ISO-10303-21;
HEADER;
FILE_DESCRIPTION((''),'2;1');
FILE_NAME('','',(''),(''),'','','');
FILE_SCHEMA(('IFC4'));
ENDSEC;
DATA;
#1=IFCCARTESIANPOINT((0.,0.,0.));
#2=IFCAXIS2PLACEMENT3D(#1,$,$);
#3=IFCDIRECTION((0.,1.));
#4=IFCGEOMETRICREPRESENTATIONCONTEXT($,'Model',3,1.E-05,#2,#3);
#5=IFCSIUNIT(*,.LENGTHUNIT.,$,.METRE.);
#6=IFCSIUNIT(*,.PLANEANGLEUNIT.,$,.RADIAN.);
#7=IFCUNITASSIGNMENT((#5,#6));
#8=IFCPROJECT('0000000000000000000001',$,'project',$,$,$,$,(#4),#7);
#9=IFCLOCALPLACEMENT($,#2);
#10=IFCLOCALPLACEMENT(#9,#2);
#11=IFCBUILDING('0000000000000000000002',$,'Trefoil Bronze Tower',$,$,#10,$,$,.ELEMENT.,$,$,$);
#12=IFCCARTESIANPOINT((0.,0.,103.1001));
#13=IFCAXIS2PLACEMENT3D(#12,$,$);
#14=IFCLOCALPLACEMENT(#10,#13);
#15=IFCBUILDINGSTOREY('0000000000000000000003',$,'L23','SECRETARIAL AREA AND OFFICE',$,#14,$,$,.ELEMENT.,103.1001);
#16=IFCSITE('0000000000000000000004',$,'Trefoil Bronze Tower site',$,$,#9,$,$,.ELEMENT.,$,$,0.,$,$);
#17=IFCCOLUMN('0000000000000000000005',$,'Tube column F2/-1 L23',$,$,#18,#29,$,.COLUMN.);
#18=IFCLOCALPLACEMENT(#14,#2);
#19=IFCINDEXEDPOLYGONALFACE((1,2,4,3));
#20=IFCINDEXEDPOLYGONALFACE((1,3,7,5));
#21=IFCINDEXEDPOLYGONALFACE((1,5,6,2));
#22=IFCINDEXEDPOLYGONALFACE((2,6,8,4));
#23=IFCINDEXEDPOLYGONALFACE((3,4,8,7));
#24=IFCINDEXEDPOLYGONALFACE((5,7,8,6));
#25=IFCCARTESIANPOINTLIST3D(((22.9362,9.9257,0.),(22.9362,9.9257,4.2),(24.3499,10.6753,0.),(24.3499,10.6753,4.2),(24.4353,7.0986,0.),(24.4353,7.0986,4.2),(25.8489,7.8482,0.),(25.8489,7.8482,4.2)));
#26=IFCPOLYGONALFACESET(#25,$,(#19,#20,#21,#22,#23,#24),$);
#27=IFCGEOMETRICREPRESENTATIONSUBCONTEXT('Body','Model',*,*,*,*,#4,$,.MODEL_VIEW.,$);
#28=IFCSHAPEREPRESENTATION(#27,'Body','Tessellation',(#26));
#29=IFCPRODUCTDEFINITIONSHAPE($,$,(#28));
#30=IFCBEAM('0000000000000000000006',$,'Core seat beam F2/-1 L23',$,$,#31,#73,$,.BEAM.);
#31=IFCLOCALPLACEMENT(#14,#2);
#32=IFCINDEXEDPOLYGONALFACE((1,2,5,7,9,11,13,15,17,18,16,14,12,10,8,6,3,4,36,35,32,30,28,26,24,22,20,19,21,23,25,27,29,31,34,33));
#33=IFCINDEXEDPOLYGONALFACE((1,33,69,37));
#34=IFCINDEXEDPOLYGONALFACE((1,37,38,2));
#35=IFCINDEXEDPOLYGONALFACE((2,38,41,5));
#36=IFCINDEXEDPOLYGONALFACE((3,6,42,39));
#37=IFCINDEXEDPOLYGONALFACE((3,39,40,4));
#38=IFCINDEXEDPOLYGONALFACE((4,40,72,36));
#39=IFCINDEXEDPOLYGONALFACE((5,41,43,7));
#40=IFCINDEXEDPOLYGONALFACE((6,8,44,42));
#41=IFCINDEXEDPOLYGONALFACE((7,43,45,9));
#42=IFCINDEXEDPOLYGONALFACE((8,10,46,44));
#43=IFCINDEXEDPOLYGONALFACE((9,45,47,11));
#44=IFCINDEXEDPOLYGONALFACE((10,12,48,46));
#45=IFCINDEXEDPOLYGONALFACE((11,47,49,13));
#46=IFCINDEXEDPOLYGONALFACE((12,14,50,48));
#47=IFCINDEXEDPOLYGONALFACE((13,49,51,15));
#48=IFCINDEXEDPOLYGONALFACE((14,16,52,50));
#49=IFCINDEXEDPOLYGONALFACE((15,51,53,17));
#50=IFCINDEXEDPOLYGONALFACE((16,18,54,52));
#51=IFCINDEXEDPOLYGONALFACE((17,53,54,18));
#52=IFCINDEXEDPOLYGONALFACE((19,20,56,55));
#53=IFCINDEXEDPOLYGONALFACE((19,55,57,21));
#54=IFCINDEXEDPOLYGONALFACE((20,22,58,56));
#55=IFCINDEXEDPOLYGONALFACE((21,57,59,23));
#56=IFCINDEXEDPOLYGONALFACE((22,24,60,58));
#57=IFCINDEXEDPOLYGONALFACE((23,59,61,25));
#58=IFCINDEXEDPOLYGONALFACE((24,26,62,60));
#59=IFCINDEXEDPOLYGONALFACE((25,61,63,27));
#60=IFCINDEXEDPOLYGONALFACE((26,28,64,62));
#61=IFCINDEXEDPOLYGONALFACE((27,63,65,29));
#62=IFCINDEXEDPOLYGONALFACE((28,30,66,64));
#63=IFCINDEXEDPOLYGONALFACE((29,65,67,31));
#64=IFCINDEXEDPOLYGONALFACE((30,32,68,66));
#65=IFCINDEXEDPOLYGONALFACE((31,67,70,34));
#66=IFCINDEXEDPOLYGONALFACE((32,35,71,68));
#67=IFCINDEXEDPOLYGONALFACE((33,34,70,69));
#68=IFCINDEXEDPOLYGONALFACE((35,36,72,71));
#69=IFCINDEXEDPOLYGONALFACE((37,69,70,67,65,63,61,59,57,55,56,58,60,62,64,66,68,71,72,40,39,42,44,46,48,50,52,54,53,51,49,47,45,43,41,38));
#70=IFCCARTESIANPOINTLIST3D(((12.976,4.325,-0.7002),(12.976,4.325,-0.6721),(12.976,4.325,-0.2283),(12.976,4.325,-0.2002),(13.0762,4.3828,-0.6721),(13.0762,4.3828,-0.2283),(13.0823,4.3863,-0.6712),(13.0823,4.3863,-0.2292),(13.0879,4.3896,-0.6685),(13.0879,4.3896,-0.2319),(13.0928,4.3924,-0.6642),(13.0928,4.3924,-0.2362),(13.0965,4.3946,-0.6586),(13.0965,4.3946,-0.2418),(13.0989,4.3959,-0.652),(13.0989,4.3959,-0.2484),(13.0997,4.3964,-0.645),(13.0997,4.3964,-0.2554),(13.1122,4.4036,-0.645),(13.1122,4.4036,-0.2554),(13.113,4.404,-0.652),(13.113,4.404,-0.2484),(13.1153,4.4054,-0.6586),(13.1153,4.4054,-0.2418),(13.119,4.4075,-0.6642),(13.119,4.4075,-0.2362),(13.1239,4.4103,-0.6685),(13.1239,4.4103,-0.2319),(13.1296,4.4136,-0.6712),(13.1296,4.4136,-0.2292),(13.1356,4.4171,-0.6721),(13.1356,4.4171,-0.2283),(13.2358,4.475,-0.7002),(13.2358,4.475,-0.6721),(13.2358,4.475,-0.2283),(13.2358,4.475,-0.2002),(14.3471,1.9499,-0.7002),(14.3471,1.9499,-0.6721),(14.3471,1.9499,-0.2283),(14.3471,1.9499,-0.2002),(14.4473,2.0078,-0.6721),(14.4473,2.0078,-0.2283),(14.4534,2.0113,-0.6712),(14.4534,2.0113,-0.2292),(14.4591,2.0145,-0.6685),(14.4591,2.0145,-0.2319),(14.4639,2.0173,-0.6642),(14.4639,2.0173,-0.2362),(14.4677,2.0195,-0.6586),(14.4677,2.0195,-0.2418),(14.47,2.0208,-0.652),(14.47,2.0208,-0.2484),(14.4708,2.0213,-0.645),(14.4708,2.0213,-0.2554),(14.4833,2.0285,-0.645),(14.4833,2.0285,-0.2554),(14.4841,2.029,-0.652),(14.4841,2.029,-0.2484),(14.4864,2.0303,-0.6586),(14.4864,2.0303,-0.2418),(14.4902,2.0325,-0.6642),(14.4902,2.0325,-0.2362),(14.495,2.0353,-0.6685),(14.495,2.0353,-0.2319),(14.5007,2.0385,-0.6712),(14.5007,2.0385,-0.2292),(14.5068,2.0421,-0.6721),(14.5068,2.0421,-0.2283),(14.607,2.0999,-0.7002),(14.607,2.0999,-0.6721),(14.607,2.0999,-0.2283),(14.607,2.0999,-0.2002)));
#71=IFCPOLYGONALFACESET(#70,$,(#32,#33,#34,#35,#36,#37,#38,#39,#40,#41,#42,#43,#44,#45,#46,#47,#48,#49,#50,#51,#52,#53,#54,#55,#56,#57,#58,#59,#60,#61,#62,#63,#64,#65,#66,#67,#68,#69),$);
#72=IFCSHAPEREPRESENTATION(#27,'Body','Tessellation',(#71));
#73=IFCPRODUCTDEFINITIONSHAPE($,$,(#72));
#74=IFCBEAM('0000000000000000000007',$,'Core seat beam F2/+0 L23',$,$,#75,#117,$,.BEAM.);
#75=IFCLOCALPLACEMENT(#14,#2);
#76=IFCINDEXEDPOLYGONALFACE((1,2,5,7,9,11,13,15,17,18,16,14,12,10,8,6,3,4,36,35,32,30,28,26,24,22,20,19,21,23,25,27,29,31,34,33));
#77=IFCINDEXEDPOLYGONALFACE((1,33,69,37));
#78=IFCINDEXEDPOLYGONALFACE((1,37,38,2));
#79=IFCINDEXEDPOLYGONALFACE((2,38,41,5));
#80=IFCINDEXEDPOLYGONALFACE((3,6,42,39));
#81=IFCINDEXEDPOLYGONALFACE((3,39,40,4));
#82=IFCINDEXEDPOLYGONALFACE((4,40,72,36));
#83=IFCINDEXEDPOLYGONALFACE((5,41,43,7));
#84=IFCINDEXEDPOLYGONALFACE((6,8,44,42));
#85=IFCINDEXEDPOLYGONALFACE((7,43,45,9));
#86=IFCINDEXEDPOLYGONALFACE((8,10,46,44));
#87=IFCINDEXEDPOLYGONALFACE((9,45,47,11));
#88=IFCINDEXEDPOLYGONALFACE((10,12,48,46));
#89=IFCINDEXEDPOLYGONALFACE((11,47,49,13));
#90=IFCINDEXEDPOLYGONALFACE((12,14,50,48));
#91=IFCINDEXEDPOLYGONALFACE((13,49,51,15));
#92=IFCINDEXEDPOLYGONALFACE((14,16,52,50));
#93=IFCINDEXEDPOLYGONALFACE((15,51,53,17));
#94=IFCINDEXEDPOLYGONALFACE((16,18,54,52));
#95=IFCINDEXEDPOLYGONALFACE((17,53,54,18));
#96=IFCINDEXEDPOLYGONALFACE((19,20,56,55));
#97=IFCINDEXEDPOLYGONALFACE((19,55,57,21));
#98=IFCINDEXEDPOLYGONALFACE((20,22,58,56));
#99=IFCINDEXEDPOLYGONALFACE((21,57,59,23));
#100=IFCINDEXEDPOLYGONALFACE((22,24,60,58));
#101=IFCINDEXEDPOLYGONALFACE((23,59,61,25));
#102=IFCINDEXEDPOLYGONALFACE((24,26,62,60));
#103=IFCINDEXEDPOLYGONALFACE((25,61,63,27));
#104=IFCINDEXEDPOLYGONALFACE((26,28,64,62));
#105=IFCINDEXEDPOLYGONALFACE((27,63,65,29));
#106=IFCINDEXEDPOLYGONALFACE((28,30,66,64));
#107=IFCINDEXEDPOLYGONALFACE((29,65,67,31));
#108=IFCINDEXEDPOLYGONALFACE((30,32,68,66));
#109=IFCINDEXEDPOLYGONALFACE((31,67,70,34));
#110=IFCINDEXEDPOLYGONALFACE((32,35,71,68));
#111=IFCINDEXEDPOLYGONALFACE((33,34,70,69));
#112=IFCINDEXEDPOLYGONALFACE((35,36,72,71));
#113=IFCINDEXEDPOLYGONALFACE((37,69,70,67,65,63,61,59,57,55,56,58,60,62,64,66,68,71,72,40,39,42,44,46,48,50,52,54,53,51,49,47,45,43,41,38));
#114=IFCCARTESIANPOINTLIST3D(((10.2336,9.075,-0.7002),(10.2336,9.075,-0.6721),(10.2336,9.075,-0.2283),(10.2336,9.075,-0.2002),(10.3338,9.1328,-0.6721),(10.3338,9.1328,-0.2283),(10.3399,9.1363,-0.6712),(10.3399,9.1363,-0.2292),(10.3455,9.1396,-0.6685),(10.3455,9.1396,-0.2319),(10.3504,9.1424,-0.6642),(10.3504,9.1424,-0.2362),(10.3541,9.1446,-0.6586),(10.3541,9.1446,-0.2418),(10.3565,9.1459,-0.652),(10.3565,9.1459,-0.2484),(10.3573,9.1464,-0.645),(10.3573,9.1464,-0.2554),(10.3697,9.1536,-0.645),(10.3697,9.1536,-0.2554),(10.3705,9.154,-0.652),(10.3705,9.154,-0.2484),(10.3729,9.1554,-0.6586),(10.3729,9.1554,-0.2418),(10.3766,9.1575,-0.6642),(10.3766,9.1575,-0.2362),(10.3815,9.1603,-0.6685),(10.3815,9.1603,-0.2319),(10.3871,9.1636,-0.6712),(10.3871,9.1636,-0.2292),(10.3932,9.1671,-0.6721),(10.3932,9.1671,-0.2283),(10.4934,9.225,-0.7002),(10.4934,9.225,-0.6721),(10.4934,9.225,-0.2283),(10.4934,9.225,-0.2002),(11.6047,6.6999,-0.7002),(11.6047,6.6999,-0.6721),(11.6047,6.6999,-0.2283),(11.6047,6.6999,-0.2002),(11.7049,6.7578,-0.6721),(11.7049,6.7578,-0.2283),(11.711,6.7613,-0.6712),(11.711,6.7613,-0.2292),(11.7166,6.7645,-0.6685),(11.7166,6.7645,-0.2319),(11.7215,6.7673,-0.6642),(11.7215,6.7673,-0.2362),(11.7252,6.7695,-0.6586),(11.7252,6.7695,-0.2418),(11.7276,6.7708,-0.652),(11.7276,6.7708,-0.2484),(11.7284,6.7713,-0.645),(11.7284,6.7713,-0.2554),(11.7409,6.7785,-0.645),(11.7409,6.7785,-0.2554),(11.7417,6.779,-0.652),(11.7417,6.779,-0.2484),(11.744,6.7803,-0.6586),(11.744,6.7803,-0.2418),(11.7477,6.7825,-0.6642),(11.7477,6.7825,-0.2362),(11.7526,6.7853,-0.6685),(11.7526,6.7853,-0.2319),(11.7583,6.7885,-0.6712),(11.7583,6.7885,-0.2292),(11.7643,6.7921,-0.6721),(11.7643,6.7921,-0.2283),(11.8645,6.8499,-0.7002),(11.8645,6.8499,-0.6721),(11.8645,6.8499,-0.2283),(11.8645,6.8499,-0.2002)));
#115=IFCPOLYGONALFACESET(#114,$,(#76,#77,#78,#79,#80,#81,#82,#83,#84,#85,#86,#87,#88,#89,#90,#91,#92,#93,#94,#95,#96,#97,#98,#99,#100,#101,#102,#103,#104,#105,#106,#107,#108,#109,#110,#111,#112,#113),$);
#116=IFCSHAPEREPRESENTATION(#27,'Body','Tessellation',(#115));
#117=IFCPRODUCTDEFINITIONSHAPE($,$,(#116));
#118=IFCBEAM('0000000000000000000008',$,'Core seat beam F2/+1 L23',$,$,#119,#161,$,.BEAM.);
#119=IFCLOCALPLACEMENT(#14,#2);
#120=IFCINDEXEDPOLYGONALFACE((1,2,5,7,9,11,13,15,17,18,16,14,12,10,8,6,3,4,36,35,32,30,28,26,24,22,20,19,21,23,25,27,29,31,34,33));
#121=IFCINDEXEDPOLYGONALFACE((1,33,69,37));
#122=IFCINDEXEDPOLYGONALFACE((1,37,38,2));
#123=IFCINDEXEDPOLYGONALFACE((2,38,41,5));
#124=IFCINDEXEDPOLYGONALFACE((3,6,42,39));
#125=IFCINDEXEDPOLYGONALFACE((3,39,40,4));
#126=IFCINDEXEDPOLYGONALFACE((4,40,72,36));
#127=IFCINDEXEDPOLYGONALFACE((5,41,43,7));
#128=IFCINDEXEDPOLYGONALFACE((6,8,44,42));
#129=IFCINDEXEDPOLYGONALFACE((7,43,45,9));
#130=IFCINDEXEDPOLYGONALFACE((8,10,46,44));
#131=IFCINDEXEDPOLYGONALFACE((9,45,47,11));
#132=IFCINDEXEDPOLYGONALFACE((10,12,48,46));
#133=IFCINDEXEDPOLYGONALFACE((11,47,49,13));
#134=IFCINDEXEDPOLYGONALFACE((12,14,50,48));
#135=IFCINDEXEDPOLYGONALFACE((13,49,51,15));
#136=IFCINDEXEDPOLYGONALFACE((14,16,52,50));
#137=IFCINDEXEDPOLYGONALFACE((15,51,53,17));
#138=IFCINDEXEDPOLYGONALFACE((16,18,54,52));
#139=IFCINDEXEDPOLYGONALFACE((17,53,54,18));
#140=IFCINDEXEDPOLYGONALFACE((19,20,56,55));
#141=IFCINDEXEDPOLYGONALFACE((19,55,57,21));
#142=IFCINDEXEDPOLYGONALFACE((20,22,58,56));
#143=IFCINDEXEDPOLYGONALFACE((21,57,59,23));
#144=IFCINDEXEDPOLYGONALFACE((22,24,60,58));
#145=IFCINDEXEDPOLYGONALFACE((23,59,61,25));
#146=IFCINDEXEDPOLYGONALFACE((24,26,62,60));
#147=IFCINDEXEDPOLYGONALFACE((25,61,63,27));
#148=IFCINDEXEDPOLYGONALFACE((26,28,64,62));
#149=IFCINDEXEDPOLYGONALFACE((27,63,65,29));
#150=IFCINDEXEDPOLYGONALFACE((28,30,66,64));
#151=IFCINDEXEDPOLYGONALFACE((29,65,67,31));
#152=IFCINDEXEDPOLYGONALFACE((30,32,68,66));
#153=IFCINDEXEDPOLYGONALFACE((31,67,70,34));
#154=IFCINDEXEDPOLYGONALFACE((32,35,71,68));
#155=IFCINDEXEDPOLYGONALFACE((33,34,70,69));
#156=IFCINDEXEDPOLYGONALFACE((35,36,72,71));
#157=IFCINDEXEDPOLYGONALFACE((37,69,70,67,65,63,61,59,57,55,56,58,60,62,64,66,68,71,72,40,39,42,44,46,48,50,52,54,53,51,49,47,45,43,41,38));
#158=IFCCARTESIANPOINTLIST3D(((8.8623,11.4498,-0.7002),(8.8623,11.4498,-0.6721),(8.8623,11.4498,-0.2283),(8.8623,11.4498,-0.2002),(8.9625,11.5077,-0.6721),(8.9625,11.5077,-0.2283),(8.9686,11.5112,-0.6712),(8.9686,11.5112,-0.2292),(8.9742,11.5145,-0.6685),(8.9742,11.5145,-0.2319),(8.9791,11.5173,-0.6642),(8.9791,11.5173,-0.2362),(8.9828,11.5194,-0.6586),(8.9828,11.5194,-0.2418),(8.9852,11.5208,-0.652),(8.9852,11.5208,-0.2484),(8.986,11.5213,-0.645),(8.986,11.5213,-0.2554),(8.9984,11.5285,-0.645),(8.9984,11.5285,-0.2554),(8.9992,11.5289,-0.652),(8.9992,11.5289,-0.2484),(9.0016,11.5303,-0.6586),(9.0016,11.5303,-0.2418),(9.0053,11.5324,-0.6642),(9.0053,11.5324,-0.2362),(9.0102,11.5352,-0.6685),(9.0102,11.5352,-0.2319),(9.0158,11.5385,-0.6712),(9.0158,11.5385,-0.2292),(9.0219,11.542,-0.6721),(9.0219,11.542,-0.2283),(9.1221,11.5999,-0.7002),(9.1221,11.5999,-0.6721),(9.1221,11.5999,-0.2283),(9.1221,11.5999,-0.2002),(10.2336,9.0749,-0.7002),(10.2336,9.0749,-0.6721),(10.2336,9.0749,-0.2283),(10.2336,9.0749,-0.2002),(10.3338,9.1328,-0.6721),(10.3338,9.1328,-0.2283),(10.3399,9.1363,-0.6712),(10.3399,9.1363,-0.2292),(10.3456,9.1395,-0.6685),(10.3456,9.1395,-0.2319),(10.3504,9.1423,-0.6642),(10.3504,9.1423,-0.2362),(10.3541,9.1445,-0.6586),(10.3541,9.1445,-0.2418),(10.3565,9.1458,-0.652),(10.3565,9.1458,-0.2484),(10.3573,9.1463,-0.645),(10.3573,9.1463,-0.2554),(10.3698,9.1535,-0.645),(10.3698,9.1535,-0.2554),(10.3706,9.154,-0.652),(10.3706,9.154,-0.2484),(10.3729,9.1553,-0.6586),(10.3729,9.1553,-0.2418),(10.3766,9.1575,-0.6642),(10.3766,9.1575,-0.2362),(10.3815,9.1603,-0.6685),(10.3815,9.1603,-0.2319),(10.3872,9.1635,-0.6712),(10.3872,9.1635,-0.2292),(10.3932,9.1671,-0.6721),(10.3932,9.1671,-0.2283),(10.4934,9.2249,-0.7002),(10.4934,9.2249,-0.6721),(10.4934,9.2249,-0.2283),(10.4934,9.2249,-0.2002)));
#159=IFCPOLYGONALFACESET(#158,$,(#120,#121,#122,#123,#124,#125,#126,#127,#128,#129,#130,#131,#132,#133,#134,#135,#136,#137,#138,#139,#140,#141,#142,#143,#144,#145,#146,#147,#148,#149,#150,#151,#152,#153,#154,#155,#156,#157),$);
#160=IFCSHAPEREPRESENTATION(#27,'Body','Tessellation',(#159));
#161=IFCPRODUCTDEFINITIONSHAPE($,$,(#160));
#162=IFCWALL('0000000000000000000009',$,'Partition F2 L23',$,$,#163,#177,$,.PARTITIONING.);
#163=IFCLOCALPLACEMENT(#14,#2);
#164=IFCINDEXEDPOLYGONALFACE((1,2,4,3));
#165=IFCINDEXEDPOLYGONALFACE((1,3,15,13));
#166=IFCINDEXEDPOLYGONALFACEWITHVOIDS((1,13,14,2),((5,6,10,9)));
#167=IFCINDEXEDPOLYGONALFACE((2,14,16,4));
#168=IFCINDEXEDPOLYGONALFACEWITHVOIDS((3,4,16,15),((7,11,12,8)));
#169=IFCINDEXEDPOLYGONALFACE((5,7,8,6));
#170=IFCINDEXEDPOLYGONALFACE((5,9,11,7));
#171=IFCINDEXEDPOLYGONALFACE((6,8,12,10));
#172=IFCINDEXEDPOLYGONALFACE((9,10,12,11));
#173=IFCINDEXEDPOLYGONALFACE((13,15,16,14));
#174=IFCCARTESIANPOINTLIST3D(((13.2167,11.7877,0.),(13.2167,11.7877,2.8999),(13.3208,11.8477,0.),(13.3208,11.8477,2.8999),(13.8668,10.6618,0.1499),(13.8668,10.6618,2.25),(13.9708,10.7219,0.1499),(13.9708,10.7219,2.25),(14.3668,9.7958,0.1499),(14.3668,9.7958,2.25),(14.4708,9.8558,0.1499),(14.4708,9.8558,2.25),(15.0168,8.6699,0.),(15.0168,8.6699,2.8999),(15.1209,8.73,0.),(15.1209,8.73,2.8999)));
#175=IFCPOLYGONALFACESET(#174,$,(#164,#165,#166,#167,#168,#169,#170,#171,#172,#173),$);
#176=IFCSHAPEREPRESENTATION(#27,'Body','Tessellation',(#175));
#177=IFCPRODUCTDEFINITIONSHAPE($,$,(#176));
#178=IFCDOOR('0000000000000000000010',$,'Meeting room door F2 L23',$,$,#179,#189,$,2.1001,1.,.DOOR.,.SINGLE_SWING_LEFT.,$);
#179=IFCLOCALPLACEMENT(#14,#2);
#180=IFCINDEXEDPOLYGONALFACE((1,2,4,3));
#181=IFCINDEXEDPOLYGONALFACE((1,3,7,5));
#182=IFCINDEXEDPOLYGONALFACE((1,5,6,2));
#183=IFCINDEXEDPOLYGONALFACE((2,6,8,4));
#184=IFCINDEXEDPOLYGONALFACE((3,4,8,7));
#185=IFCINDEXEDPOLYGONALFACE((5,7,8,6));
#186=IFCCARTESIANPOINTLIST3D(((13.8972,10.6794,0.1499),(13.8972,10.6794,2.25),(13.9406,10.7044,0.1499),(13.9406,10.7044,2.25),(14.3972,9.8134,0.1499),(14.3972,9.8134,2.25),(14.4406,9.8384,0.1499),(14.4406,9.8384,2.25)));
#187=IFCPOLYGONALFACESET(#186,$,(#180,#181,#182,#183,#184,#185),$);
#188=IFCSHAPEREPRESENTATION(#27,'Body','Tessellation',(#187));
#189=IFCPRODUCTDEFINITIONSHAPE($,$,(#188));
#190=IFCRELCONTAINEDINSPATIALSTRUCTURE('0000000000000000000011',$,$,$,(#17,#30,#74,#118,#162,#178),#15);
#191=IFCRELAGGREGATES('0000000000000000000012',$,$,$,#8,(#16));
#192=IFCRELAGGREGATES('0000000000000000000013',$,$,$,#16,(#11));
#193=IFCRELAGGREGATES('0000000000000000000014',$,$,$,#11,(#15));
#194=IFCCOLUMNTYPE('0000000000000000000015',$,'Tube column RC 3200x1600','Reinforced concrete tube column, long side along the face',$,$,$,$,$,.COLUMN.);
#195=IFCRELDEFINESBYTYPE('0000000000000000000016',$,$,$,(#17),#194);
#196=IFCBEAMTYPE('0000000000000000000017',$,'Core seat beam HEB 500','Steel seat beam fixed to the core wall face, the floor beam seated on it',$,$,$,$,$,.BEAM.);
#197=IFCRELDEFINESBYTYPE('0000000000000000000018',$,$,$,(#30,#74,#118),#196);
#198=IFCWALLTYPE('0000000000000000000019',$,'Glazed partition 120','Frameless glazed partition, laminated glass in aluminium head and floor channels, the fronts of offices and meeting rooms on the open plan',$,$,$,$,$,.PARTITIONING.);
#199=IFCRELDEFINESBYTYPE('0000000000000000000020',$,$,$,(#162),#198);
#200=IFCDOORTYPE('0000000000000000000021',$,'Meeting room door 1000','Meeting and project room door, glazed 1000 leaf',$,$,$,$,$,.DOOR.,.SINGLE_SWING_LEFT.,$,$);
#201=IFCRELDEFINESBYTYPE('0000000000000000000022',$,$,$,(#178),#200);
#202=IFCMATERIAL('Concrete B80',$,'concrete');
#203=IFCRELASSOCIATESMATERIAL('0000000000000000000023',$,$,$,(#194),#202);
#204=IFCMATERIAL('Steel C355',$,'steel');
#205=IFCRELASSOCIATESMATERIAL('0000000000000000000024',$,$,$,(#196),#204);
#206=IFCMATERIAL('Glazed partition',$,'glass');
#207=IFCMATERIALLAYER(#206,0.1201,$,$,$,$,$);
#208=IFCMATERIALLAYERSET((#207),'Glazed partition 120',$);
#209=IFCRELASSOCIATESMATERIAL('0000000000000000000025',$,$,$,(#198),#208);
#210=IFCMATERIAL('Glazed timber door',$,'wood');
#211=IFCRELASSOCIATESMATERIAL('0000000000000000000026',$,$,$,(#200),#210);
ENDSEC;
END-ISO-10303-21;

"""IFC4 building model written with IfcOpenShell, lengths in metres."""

from ifc_helpers import new_model, si_unit, direction, frame, frame_2d, origin, origin_2d, place, context, subcontext, project, spatial, rectangle, i_section, extrude, material, layer, layer_set, material_profile, profile_set, type_object, element, fill, save


model = new_model("IFC4")

# Units and contexts
model_context = context("Model", 3, precision=1e-05, world=origin(), true_north=direction((0.0, 1.0)))
body_context = subcontext(model_context, "Body", "Model", "MODEL_VIEW")
ifc_project = project(units=[si_unit("LENGTHUNIT", "METRE"), si_unit("PLANEANGLEUNIT", "RADIAN")], contexts=[model_context])

# Site, building, storey
site_placement = place(None, origin())
site = spatial("IfcSite", under=ifc_project, at=site_placement, Name="Trefoil Bronze Tower site", CompositionType="ELEMENT", RefElevation=0.0)
building_placement = place(site_placement, origin())
building = spatial("IfcBuilding", under=site, at=building_placement, Name="Trefoil Bronze Tower", CompositionType="ELEMENT")
storey_placement = place(building_placement, frame((0.0, 0.0, 103.1001)))
storey = spatial("IfcBuildingStorey", under=building, at=storey_placement, Name="L23", Description="SECRETARIAL AREA AND OFFICE", CompositionType="ELEMENT", Elevation=103.1001)

# Column
ifc_material_1 = material(Name="Concrete B80", Category="concrete")
ifc_material_profile_1 = material_profile(ifc_material_1, rectangle(XDim=3.2, YDim=1.6001, at=origin_2d()), Name="RC 3200x1600")
ifc_profile_set_1 = profile_set([ifc_material_profile_1], Name="Concrete B80")
column_type = type_object("IfcColumnType", Name="Tube column RC 3200x1600", Description="Reinforced concrete tube column, long side along the face", PredefinedType="COLUMN", material=ifc_profile_set_1)
column_placement = place(storey_placement, frame((24.3926, 8.887, 0.0), z_axis=(0.0, 0.0, 1.0), x_axis=(-0.468457, 0.883486, 0.0)))
element("IfcColumn", 1, at=column_placement, inside=storey, type_object=column_type, Name="Tube column F2/-1 L23", PredefinedType="COLUMN", context=body_context, shape_type="SweptSolid", body=[
    extrude(rectangle(XDim=3.2, YDim=1.6001, at=origin_2d()), origin(), (0.0, 0.0, 1.0), 4.2),
])

# Beams
ifc_material_2 = material(Name="Steel C355", Category="steel")
ifc_material_profile_2 = material_profile(ifc_material_2, i_section(OverallWidth=0.3, OverallDepth=0.5, WebThickness=0.0144, FlangeThickness=0.0281, FilletRadius=0.0271, at=origin_2d()), Name="HEB 500")
ifc_profile_set_2 = profile_set([ifc_material_profile_2], Name="Steel C355")
beam_type = type_object("IfcBeamType", Name="Core seat beam HEB 500", Description="Steel seat beam fixed to the core wall face, the floor beam seated on it", PredefinedType="BEAM", material=ifc_profile_set_2)
for number, where, z_axis, x_axis, name in (
    (2, (14.4771, 2.0249, -0.4502), (-0.499969, 0.866043, 0.0), (-0.866043, -0.499969, 0.0), "Core seat beam F2/-1 L23"),
    (3, (11.7346, 6.7749, -0.4502), (-0.499969, 0.866043, 0.0), (-0.866043, -0.499969, 0.0), "Core seat beam F2/+0 L23"),
    (4, (10.3635, 9.1499, -0.4502), (-0.500036, 0.866005, 0.0), (-0.866005, -0.500036, 0.0), "Core seat beam F2/+1 L23"),
):
    element("IfcBeam", number, at=place(storey_placement, frame(where, z_axis=z_axis, x_axis=x_axis)), inside=storey, type_object=beam_type, Name=name, PredefinedType="BEAM", context=body_context, shape_type="SweptSolid", body=[
        extrude(i_section(OverallWidth=0.3, OverallDepth=0.5, WebThickness=0.0144, FlangeThickness=0.0281, FilletRadius=0.0271, at=origin_2d()), origin(), (0.0, 0.0, 1.0), 2.7424),
    ])

# Wall, opening, door
ifc_material_3 = material(Name="Glazed partition", Category="glass")
ifc_layer_1 = layer(ifc_material_3, 0.1201)
ifc_layer_set_1 = layer_set([ifc_layer_1], Name="Glazed partition 120")
wall_type_1 = type_object("IfcWallType", Name="Glazed partition 120", Description="Frameless glazed partition, laminated glass in aluminium head and floor channels, the fronts of offices and meeting rooms on the open plan", PredefinedType="PARTITIONING", material=ifc_layer_set_1)
wall_1_placement = place(storey_placement, frame((15.0688, 8.7, 0.0), z_axis=(0.0, 0.0, 1.0), x_axis=(-0.500012, 0.866018, 0.0)))
wall_1 = element("IfcWall", 5, at=wall_1_placement, inside=storey, type_object=wall_type_1, Name="Partition F2 L23", PredefinedType="PARTITIONING", context=body_context, shape_type="SweptSolid", body=[
    extrude(rectangle(XDim=3.6001, YDim=0.1201, at=frame_2d((1.8, 0.0))), origin(), (0.0, 0.0, 1.0), 2.8999),
])
opening_1_placement = place(wall_1_placement, frame((1.3, 0.0, 0.1499)))
opening_1 = element("IfcOpeningElement", 6, at=opening_1_placement, cuts=wall_1, PredefinedType="OPENING", context=body_context, shape_type="SweptSolid", body=[
    extrude(rectangle(XDim=1.0, YDim=2.1001, at=frame_2d((0.5, 1.05))), frame((0.0, 0.0701, 0.0), z_axis=(0.0, -1.0, 0.0), x_axis=(1.0, 0.0, 0.0)), (0.0, 0.0, 1.0), 0.1401),
])
ifc_material_4 = material(Name="Glazed timber door", Category="wood")
door_type_1 = type_object("IfcDoorType", Name="Meeting room door 1000", Description="Meeting and project room door, glazed 1000 leaf", OperationType="SINGLE_SWING_LEFT", PredefinedType="DOOR", material=ifc_material_4)
door_1_placement = place(opening_1_placement, origin())
door_1 = element("IfcDoor", 7, at=door_1_placement, inside=storey, type_object=door_type_1, Name="Meeting room door F2 L23", OperationType="SINGLE_SWING_LEFT", OverallHeight=2.1001, OverallWidth=1.0, PredefinedType="DOOR", context=body_context, shape_type="SweptSolid", body=[
    extrude(rectangle(XDim=1.0, YDim=2.1001, at=frame_2d((0.5, 1.05))), frame((0.0, 0.0249, 0.0), z_axis=(0.0, -1.0, 0.0), x_axis=(1.0, 0.0, 0.0)), (0.0, 0.0, 1.0), 0.05),
])
fill(opening_1, door_1)

save(model, "model.ifc")
